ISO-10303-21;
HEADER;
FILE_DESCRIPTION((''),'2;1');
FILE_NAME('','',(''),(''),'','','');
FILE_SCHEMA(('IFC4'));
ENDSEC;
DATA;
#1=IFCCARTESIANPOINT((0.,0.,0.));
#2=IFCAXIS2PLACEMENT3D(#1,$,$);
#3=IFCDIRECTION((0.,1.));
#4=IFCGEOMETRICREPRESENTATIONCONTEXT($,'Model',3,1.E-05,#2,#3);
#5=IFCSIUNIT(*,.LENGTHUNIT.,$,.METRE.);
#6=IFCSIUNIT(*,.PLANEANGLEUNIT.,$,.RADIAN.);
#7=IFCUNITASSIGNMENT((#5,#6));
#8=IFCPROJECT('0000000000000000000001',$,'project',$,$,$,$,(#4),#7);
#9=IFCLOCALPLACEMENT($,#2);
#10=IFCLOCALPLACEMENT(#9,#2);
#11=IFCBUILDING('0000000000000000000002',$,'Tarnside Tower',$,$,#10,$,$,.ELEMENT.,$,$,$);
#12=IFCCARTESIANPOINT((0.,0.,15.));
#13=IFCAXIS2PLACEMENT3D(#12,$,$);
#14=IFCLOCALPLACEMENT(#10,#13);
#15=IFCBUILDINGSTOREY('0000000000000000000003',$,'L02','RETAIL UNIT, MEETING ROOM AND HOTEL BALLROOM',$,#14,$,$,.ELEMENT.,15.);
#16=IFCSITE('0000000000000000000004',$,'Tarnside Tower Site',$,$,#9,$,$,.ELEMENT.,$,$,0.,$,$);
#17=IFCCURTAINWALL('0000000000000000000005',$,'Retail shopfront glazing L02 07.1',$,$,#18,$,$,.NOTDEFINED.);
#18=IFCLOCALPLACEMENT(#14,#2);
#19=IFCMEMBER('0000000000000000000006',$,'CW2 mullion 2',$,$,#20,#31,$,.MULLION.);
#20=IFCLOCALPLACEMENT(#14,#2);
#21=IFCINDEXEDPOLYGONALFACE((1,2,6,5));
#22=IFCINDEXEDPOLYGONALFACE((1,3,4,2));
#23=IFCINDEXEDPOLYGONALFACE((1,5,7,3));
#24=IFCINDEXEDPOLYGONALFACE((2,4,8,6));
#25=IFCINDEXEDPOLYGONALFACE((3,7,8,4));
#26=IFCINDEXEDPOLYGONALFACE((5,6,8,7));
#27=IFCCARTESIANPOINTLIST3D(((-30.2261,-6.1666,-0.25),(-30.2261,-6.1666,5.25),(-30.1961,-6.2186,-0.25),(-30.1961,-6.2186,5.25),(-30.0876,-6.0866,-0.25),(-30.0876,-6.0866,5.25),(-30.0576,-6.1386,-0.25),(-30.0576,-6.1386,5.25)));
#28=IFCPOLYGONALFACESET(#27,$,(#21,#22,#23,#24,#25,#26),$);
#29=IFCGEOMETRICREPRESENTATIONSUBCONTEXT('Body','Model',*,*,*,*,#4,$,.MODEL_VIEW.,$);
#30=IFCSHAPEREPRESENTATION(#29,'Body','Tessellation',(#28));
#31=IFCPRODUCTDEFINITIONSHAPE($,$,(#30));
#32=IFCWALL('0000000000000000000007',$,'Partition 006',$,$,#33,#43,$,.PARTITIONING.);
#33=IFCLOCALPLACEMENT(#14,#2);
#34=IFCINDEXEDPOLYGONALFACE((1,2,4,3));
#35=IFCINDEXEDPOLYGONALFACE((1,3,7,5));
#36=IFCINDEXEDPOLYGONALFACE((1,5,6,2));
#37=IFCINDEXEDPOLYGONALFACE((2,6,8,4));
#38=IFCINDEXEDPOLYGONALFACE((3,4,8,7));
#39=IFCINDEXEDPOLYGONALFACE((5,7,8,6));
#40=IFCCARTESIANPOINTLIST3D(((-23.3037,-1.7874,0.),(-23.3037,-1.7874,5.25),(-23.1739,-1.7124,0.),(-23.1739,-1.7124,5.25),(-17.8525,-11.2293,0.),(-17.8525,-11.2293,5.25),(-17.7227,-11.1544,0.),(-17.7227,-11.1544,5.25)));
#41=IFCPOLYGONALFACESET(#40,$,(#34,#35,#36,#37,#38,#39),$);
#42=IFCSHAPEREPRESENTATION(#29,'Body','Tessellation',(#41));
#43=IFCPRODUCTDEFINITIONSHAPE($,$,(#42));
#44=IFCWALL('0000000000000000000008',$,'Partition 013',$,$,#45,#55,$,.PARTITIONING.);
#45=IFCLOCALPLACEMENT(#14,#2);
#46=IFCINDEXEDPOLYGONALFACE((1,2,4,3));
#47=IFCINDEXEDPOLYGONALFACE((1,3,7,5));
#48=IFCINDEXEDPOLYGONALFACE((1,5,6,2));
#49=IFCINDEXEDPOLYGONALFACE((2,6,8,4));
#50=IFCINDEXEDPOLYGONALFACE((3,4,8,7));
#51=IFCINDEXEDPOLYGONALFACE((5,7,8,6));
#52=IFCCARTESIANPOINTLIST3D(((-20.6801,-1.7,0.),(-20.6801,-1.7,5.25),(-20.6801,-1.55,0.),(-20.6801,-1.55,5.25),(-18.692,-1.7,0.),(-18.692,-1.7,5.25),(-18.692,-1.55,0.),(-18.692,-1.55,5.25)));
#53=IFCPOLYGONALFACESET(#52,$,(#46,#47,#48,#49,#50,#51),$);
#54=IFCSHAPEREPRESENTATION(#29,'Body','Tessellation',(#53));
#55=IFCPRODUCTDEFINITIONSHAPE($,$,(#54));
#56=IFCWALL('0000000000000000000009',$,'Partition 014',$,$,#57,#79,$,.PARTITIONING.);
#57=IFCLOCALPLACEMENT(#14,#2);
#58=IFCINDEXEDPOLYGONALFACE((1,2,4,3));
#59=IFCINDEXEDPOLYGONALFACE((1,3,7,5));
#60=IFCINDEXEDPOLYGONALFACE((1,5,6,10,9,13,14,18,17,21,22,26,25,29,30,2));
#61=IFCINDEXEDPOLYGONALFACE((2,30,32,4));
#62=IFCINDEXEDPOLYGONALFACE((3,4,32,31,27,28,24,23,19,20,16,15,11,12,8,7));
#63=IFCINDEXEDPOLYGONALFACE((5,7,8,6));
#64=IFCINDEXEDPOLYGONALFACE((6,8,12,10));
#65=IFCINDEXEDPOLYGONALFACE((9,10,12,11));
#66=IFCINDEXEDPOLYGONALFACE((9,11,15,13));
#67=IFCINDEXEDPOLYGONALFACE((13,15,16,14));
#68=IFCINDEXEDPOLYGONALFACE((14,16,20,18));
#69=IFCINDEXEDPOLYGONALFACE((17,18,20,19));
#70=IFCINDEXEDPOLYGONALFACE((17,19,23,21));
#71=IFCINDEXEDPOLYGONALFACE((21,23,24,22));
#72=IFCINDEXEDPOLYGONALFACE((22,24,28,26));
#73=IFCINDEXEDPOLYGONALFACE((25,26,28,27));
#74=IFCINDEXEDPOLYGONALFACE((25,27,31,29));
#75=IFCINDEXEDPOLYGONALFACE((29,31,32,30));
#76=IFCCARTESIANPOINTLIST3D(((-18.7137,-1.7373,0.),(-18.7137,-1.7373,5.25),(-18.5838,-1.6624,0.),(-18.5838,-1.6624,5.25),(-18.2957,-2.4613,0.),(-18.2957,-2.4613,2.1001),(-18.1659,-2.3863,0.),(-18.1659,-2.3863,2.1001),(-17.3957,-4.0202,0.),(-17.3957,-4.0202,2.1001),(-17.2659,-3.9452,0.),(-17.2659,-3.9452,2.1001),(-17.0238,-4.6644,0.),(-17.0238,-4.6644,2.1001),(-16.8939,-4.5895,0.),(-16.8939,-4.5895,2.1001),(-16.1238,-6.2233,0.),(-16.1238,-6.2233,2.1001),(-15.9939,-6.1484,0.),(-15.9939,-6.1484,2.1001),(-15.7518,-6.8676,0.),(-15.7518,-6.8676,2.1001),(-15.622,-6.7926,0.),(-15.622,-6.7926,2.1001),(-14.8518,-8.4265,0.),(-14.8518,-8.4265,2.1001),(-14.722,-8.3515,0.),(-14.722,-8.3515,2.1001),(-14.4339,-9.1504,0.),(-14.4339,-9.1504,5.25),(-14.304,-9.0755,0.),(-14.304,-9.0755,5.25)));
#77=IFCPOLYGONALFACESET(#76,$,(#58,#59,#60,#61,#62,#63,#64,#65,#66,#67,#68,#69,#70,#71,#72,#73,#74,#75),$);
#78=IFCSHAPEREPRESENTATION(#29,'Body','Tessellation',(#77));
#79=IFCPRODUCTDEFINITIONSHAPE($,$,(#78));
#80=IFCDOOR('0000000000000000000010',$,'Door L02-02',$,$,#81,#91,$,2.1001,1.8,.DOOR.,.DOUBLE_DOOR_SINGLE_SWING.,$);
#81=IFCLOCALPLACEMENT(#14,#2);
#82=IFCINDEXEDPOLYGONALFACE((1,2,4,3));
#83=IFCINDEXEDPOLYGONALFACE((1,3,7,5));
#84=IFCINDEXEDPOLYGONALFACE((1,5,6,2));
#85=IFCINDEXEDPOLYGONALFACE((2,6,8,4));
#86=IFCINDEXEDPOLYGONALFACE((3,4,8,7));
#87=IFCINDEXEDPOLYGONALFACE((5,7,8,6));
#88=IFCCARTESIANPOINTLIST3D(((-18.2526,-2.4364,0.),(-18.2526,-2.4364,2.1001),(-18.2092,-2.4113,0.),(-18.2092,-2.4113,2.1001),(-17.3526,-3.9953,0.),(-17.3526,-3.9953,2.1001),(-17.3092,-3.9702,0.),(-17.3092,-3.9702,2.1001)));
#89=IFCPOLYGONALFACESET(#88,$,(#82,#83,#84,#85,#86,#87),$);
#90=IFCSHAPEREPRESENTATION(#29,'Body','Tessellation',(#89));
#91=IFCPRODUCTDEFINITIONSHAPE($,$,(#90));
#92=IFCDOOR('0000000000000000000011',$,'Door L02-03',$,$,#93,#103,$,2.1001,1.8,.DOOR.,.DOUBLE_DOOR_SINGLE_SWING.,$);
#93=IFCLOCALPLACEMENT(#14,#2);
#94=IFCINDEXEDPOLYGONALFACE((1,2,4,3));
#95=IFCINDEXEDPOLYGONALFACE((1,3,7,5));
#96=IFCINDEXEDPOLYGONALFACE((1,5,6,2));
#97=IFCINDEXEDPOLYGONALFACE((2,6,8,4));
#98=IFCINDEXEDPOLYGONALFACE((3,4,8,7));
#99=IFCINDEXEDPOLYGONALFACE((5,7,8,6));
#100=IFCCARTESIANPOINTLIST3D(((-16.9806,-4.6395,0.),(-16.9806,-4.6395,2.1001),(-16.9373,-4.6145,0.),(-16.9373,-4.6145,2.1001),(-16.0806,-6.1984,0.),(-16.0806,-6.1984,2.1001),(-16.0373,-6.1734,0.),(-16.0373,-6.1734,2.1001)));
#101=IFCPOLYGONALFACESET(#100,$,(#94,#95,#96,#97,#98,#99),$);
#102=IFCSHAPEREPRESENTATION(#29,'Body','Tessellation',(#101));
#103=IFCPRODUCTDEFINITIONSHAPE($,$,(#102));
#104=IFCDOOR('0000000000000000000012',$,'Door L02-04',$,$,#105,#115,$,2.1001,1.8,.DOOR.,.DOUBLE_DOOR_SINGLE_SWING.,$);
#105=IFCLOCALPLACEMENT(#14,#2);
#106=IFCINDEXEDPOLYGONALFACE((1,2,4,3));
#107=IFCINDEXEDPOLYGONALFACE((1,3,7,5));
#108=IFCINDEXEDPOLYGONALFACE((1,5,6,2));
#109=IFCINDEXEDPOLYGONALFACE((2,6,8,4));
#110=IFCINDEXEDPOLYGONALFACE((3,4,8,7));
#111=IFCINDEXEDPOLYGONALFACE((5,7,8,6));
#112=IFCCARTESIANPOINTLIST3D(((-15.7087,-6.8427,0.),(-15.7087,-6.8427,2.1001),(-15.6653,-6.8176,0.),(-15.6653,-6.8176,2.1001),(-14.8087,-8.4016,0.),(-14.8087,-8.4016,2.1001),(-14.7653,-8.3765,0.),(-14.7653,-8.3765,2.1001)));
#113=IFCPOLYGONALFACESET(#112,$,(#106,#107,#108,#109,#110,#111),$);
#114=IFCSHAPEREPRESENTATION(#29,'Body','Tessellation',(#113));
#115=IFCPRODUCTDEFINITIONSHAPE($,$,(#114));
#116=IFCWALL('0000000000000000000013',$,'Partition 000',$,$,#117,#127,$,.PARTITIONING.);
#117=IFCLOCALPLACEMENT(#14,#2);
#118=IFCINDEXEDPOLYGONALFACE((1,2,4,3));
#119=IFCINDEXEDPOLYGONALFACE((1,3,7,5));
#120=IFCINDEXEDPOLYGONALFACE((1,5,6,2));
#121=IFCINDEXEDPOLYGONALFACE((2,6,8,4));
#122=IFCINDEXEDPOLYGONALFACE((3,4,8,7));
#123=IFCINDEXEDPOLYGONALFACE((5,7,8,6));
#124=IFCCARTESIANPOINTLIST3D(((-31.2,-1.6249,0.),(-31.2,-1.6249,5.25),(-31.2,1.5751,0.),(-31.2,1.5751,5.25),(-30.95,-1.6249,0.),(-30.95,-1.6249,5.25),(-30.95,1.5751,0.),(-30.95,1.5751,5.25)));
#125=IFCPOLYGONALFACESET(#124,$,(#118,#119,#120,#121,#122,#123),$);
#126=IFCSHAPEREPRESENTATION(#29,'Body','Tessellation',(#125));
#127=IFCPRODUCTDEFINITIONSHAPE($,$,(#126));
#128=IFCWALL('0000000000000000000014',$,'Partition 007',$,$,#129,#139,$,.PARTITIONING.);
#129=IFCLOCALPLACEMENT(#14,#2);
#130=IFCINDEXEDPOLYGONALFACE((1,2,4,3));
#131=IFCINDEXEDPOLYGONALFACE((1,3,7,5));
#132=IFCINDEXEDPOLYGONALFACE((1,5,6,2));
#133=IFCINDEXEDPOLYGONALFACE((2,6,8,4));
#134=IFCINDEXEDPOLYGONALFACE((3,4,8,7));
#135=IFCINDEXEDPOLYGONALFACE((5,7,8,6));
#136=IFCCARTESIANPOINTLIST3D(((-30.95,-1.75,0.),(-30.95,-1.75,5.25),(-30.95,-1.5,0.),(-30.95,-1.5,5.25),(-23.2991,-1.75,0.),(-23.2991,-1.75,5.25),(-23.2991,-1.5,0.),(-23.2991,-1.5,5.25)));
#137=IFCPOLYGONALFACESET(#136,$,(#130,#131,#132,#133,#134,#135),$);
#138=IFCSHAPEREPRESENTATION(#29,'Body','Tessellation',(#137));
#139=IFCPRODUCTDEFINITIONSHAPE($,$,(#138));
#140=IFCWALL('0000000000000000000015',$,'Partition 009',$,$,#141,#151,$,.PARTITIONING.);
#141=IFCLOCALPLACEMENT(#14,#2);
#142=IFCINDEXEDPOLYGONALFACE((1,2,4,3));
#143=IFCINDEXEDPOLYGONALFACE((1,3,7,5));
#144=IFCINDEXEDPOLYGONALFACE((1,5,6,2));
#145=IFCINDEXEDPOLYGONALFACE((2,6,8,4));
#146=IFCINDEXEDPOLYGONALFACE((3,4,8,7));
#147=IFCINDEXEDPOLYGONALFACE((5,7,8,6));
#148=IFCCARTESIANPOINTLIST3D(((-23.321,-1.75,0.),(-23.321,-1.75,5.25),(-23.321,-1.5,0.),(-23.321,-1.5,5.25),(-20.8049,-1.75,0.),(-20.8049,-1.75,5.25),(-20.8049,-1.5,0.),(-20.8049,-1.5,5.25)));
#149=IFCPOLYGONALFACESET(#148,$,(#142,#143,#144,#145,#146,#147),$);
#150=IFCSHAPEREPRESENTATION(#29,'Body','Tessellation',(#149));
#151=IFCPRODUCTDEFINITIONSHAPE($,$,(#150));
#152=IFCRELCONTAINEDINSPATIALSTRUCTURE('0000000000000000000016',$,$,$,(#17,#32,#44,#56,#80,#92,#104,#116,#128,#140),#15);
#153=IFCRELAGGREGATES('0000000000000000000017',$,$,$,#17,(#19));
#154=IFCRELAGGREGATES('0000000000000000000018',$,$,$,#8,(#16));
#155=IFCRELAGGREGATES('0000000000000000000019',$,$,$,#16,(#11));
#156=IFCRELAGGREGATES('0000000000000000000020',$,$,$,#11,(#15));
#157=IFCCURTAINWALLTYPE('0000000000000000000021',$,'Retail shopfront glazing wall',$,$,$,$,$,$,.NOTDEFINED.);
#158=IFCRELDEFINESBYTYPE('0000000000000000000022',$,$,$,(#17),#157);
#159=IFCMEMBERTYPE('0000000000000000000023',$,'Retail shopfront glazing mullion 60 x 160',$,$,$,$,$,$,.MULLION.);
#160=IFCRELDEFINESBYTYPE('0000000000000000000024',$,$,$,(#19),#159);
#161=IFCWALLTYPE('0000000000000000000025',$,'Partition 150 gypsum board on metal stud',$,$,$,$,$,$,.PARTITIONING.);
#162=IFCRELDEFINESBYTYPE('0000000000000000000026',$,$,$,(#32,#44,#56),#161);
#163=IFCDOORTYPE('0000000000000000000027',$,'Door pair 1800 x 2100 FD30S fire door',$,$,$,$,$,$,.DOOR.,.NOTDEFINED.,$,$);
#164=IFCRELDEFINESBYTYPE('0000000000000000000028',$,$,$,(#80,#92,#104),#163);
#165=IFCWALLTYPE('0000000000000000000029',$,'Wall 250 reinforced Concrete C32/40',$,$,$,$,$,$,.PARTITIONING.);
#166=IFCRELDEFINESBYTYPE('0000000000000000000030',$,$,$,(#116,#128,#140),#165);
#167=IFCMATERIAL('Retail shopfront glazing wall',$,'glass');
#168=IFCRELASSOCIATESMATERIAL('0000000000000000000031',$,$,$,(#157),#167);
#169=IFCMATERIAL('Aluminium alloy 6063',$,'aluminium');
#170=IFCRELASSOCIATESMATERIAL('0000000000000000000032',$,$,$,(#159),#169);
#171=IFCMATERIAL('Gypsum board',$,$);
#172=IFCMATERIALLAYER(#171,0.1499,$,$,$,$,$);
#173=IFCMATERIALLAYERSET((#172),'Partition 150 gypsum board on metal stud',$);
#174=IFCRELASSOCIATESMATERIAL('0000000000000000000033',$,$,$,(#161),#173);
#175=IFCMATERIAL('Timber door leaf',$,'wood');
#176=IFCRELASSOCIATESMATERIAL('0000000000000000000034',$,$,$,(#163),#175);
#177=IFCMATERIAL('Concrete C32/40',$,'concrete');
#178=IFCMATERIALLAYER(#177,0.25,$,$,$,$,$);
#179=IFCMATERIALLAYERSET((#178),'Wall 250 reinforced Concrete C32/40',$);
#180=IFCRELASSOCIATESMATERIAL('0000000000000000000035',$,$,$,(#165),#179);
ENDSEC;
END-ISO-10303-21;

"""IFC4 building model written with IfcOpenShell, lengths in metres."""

from ifc_helpers import new_model, si_unit, direction, frame, frame_2d, origin, origin_2d, place, context, subcontext, project, spatial, rectangle, extrude, material, layer, layer_set, material_profile, profile_set, type_object, element, fill, aggregate, save


model = new_model("IFC4")

# Units and contexts
model_context = context("Model", 3, precision=1e-05, world=origin(), true_north=direction((0.0, 1.0)))
body_context = subcontext(model_context, "Body", "Model", "MODEL_VIEW")
ifc_project = project(units=[si_unit("LENGTHUNIT", "METRE"), si_unit("PLANEANGLEUNIT", "RADIAN")], contexts=[model_context])

# Site, building, storey
site_placement = place(None, origin())
site = spatial("IfcSite", under=ifc_project, at=site_placement, Name="Tarnside Tower Site", CompositionType="ELEMENT", RefElevation=0.0)
building_placement = place(site_placement, origin())
building = spatial("IfcBuilding", under=site, at=building_placement, Name="Tarnside Tower", CompositionType="ELEMENT")
storey_placement = place(building_placement, frame((0.0, 0.0, 15.0)))
storey = spatial("IfcBuildingStorey", under=building, at=storey_placement, Name="L02", Description="RETAIL UNIT, MEETING ROOM AND HOTEL BALLROOM", CompositionType="ELEMENT", Elevation=15.0)

# Curtain wall, member
ifc_material_1 = material(Name="Retail shopfront glazing wall", Category="glass")
curtain_wall_type = type_object("IfcCurtainWallType", Name="Retail shopfront glazing wall", PredefinedType="NOTDEFINED", material=ifc_material_1)
curtain_wall_placement = place(storey_placement, origin())
curtain_wall = element("IfcCurtainWall", 1, at=curtain_wall_placement, inside=storey, type_object=curtain_wall_type, Name="Retail shopfront glazing L02 07.1", PredefinedType="NOTDEFINED")
ifc_material_2 = material(Name="Aluminium alloy 6063", Category="aluminium")
ifc_material_profile_1 = material_profile(ifc_material_2, rectangle(XDim=0.1599, YDim=0.0601, at=origin_2d()), Name="Retail shopfront glazing mullion 60 x 160")
ifc_profile_set_1 = profile_set([ifc_material_profile_1], Name="Aluminium alloy 6063")
member_type = type_object("IfcMemberType", Name="Retail shopfront glazing mullion 60 x 160", PredefinedType="MULLION", material=ifc_profile_set_1)
member_placement = place(storey_placement, frame((-30.1418, -6.1526, -0.25), z_axis=(0.0, 0.0, 1.0), x_axis=(0.866025, 0.5, 0.0)))
member = element("IfcMember", 2, at=member_placement, type_object=member_type, Name="CW2 mullion 2", PredefinedType="MULLION", context=body_context, shape_type="SweptSolid", body=[
    extrude(rectangle(XDim=0.1599, YDim=0.0601, at=origin_2d()), origin(), (0.0, 0.0, 1.0), 5.5),
])
aggregate(curtain_wall, [member])

# Walls
ifc_material_3 = material(Name="Gypsum board")
ifc_layer_1 = layer(ifc_material_3, 0.1499)
ifc_layer_set_1 = layer_set([ifc_layer_1], Name="Partition 150 gypsum board on metal stud")
wall_type_1 = type_object("IfcWallType", Name="Partition 150 gypsum board on metal stud", PredefinedType="PARTITIONING", material=ifc_layer_set_1)
wall_1_placement = place(storey_placement, frame((-23.2388, -1.75, 0.0), z_axis=(0.0, 0.0, 1.0), x_axis=(0.499993, -0.86603, 0.0)))
element("IfcWall", 3, at=wall_1_placement, inside=storey, type_object=wall_type_1, Name="Partition 006", PredefinedType="PARTITIONING", context=body_context, shape_type="SweptSolid", body=[
    extrude(rectangle(XDim=10.9026, YDim=0.1499, at=frame_2d((5.4512, 0.0))), origin(), (0.0, 0.0, 1.0), 5.25),
])
wall_2_placement = place(storey_placement, frame((-18.6919, -1.625, 0.0), z_axis=(0.0, 0.0, 1.0), x_axis=(-1.0, 0.0, 0.0)))
element("IfcWall", 4, at=wall_2_placement, inside=storey, type_object=wall_type_1, Name="Partition 013", PredefinedType="PARTITIONING", context=body_context, shape_type="SweptSolid", body=[
    extrude(rectangle(XDim=1.988, YDim=0.1499, at=frame_2d((0.9941, 0.0))), origin(), (0.0, 0.0, 1.0), 5.25),
])

# Wall, openings, doors
wall_3_placement = place(storey_placement, frame((-18.6487, -1.7, 0.0), z_axis=(0.0, 0.0, 1.0), x_axis=(0.499986, -0.866034, 0.0)))
wall_3 = element("IfcWall", 5, at=wall_3_placement, inside=storey, type_object=wall_type_1, Name="Partition 014", PredefinedType="PARTITIONING", context=body_context, shape_type="SweptSolid", body=[
    extrude(rectangle(XDim=8.5598, YDim=0.1499, at=frame_2d((4.2798, 0.0))), origin(), (0.0, 0.0, 1.0), 5.25),
])
opening_1_placement = place(wall_3_placement, frame((0.8359, 0.0, 0.0)))
opening_1 = element("IfcOpeningElement", 6, at=opening_1_placement, cuts=wall_3, PredefinedType="OPENING", context=body_context, shape_type="SweptSolid", body=[
    extrude(rectangle(XDim=1.8, YDim=2.1001, at=frame_2d((0.8999, 1.05))), frame((0.0, 0.085, 0.0), z_axis=(0.0, -1.0, 0.0), x_axis=(1.0, 0.0, 0.0)), (0.0, 0.0, 1.0), 0.1699),
])
opening_2_placement = place(wall_3_placement, frame((3.3799, 0.0, 0.0)))
opening_2 = element("IfcOpeningElement", 7, at=opening_2_placement, cuts=wall_3, PredefinedType="OPENING", context=body_context, shape_type="SweptSolid", body=[
    extrude(rectangle(XDim=1.8, YDim=2.1001, at=frame_2d((0.8999, 1.05))), frame((0.0, 0.085, 0.0), z_axis=(0.0, -1.0, 0.0), x_axis=(1.0, 0.0, 0.0)), (0.0, 0.0, 1.0), 0.1699),
])
opening_3_placement = place(wall_3_placement, frame((5.9238, 0.0, 0.0)))
opening_3 = element("IfcOpeningElement", 8, at=opening_3_placement, cuts=wall_3, PredefinedType="OPENING", context=body_context, shape_type="SweptSolid", body=[
    extrude(rectangle(XDim=1.8, YDim=2.1001, at=frame_2d((0.8999, 1.05))), frame((0.0, 0.085, 0.0), z_axis=(0.0, -1.0, 0.0), x_axis=(1.0, 0.0, 0.0)), (0.0, 0.0, 1.0), 0.1699),
])
ifc_material_4 = material(Name="Timber door leaf", Category="wood")
door_type_1 = type_object("IfcDoorType", Name="Door pair 1800 x 2100 FD30S fire door", OperationType="NOTDEFINED", PredefinedType="DOOR", material=ifc_material_4)
door_1_placement = place(opening_1_placement, origin())
door_1 = element("IfcDoor", 9, at=door_1_placement, inside=storey, type_object=door_type_1, Name="Door L02-02", OperationType="DOUBLE_DOOR_SINGLE_SWING", OverallHeight=2.1001, OverallWidth=1.8, PredefinedType="DOOR", context=body_context, shape_type="SweptSolid", body=[
    extrude(rectangle(XDim=1.8, YDim=2.1001, at=frame_2d((0.8999, 1.05))), frame((0.0, 0.0249, 0.0), z_axis=(0.0, -1.0, 0.0), x_axis=(1.0, 0.0, 0.0)), (0.0, 0.0, 1.0), 0.05),
])
fill(opening_1, door_1)
door_2_placement = place(opening_2_placement, origin())
door_2 = element("IfcDoor", 10, at=door_2_placement, inside=storey, type_object=door_type_1, Name="Door L02-03", OperationType="DOUBLE_DOOR_SINGLE_SWING", OverallHeight=2.1001, OverallWidth=1.8, PredefinedType="DOOR", context=body_context, shape_type="SweptSolid", body=[
    extrude(rectangle(XDim=1.8, YDim=2.1001, at=frame_2d((0.8999, 1.05))), frame((0.0, 0.0249, 0.0), z_axis=(0.0, -1.0, 0.0), x_axis=(1.0, 0.0, 0.0)), (0.0, 0.0, 1.0), 0.05),
])
fill(opening_2, door_2)
door_3_placement = place(opening_3_placement, origin())
door_3 = element("IfcDoor", 11, at=door_3_placement, inside=storey, type_object=door_type_1, Name="Door L02-04", OperationType="DOUBLE_DOOR_SINGLE_SWING", OverallHeight=2.1001, OverallWidth=1.8, PredefinedType="DOOR", context=body_context, shape_type="SweptSolid", body=[
    extrude(rectangle(XDim=1.8, YDim=2.1001, at=frame_2d((0.8999, 1.05))), frame((0.0, 0.0249, 0.0), z_axis=(0.0, -1.0, 0.0), x_axis=(1.0, 0.0, 0.0)), (0.0, 0.0, 1.0), 0.05),
])
fill(opening_3, door_3)

# Walls
ifc_material_5 = material(Name="Concrete C32/40", Category="concrete")
ifc_layer_2 = layer(ifc_material_5, 0.25)
ifc_layer_set_2 = layer_set([ifc_layer_2], Name="Wall 250 reinforced Concrete C32/40")
wall_type_2 = type_object("IfcWallType", Name="Wall 250 reinforced Concrete C32/40", PredefinedType="PARTITIONING", material=ifc_layer_set_2)
wall_4_placement = place(storey_placement, frame((-31.075, -1.625, 0.0), z_axis=(0.0, 0.0, 1.0), x_axis=(0.0, 1.0, 0.0)))
element("IfcWall", 12, at=wall_4_placement, inside=storey, type_object=wall_type_2, Name="Partition 000", PredefinedType="PARTITIONING", context=body_context, shape_type="SweptSolid", body=[
    extrude(rectangle(XDim=3.2, YDim=0.25, at=frame_2d((1.6001, 0.0))), origin(), (0.0, 0.0, 1.0), 5.25),
])
wall_5_placement = place(storey_placement, frame((-23.2991, -1.625, 0.0), z_axis=(0.0, 0.0, 1.0), x_axis=(-1.0, 0.0, 0.0)))
element("IfcWall", 13, at=wall_5_placement, inside=storey, type_object=wall_type_2, Name="Partition 007", PredefinedType="PARTITIONING", context=body_context, shape_type="SweptSolid", body=[
    extrude(rectangle(XDim=7.6509, YDim=0.25, at=frame_2d((3.8254, 0.0))), origin(), (0.0, 0.0, 1.0), 5.25),
])
wall_6_placement = place(storey_placement, frame((-20.8049, -1.625, 0.0), z_axis=(0.0, 0.0, 1.0), x_axis=(-1.0, 0.0, 0.0)))
element("IfcWall", 14, at=wall_6_placement, inside=storey, type_object=wall_type_2, Name="Partition 009", PredefinedType="PARTITIONING", context=body_context, shape_type="SweptSolid", body=[
    extrude(rectangle(XDim=2.5161, YDim=0.25, at=frame_2d((1.2581, 0.0))), origin(), (0.0, 0.0, 1.0), 5.25),
])

save(model, "model.ifc")
